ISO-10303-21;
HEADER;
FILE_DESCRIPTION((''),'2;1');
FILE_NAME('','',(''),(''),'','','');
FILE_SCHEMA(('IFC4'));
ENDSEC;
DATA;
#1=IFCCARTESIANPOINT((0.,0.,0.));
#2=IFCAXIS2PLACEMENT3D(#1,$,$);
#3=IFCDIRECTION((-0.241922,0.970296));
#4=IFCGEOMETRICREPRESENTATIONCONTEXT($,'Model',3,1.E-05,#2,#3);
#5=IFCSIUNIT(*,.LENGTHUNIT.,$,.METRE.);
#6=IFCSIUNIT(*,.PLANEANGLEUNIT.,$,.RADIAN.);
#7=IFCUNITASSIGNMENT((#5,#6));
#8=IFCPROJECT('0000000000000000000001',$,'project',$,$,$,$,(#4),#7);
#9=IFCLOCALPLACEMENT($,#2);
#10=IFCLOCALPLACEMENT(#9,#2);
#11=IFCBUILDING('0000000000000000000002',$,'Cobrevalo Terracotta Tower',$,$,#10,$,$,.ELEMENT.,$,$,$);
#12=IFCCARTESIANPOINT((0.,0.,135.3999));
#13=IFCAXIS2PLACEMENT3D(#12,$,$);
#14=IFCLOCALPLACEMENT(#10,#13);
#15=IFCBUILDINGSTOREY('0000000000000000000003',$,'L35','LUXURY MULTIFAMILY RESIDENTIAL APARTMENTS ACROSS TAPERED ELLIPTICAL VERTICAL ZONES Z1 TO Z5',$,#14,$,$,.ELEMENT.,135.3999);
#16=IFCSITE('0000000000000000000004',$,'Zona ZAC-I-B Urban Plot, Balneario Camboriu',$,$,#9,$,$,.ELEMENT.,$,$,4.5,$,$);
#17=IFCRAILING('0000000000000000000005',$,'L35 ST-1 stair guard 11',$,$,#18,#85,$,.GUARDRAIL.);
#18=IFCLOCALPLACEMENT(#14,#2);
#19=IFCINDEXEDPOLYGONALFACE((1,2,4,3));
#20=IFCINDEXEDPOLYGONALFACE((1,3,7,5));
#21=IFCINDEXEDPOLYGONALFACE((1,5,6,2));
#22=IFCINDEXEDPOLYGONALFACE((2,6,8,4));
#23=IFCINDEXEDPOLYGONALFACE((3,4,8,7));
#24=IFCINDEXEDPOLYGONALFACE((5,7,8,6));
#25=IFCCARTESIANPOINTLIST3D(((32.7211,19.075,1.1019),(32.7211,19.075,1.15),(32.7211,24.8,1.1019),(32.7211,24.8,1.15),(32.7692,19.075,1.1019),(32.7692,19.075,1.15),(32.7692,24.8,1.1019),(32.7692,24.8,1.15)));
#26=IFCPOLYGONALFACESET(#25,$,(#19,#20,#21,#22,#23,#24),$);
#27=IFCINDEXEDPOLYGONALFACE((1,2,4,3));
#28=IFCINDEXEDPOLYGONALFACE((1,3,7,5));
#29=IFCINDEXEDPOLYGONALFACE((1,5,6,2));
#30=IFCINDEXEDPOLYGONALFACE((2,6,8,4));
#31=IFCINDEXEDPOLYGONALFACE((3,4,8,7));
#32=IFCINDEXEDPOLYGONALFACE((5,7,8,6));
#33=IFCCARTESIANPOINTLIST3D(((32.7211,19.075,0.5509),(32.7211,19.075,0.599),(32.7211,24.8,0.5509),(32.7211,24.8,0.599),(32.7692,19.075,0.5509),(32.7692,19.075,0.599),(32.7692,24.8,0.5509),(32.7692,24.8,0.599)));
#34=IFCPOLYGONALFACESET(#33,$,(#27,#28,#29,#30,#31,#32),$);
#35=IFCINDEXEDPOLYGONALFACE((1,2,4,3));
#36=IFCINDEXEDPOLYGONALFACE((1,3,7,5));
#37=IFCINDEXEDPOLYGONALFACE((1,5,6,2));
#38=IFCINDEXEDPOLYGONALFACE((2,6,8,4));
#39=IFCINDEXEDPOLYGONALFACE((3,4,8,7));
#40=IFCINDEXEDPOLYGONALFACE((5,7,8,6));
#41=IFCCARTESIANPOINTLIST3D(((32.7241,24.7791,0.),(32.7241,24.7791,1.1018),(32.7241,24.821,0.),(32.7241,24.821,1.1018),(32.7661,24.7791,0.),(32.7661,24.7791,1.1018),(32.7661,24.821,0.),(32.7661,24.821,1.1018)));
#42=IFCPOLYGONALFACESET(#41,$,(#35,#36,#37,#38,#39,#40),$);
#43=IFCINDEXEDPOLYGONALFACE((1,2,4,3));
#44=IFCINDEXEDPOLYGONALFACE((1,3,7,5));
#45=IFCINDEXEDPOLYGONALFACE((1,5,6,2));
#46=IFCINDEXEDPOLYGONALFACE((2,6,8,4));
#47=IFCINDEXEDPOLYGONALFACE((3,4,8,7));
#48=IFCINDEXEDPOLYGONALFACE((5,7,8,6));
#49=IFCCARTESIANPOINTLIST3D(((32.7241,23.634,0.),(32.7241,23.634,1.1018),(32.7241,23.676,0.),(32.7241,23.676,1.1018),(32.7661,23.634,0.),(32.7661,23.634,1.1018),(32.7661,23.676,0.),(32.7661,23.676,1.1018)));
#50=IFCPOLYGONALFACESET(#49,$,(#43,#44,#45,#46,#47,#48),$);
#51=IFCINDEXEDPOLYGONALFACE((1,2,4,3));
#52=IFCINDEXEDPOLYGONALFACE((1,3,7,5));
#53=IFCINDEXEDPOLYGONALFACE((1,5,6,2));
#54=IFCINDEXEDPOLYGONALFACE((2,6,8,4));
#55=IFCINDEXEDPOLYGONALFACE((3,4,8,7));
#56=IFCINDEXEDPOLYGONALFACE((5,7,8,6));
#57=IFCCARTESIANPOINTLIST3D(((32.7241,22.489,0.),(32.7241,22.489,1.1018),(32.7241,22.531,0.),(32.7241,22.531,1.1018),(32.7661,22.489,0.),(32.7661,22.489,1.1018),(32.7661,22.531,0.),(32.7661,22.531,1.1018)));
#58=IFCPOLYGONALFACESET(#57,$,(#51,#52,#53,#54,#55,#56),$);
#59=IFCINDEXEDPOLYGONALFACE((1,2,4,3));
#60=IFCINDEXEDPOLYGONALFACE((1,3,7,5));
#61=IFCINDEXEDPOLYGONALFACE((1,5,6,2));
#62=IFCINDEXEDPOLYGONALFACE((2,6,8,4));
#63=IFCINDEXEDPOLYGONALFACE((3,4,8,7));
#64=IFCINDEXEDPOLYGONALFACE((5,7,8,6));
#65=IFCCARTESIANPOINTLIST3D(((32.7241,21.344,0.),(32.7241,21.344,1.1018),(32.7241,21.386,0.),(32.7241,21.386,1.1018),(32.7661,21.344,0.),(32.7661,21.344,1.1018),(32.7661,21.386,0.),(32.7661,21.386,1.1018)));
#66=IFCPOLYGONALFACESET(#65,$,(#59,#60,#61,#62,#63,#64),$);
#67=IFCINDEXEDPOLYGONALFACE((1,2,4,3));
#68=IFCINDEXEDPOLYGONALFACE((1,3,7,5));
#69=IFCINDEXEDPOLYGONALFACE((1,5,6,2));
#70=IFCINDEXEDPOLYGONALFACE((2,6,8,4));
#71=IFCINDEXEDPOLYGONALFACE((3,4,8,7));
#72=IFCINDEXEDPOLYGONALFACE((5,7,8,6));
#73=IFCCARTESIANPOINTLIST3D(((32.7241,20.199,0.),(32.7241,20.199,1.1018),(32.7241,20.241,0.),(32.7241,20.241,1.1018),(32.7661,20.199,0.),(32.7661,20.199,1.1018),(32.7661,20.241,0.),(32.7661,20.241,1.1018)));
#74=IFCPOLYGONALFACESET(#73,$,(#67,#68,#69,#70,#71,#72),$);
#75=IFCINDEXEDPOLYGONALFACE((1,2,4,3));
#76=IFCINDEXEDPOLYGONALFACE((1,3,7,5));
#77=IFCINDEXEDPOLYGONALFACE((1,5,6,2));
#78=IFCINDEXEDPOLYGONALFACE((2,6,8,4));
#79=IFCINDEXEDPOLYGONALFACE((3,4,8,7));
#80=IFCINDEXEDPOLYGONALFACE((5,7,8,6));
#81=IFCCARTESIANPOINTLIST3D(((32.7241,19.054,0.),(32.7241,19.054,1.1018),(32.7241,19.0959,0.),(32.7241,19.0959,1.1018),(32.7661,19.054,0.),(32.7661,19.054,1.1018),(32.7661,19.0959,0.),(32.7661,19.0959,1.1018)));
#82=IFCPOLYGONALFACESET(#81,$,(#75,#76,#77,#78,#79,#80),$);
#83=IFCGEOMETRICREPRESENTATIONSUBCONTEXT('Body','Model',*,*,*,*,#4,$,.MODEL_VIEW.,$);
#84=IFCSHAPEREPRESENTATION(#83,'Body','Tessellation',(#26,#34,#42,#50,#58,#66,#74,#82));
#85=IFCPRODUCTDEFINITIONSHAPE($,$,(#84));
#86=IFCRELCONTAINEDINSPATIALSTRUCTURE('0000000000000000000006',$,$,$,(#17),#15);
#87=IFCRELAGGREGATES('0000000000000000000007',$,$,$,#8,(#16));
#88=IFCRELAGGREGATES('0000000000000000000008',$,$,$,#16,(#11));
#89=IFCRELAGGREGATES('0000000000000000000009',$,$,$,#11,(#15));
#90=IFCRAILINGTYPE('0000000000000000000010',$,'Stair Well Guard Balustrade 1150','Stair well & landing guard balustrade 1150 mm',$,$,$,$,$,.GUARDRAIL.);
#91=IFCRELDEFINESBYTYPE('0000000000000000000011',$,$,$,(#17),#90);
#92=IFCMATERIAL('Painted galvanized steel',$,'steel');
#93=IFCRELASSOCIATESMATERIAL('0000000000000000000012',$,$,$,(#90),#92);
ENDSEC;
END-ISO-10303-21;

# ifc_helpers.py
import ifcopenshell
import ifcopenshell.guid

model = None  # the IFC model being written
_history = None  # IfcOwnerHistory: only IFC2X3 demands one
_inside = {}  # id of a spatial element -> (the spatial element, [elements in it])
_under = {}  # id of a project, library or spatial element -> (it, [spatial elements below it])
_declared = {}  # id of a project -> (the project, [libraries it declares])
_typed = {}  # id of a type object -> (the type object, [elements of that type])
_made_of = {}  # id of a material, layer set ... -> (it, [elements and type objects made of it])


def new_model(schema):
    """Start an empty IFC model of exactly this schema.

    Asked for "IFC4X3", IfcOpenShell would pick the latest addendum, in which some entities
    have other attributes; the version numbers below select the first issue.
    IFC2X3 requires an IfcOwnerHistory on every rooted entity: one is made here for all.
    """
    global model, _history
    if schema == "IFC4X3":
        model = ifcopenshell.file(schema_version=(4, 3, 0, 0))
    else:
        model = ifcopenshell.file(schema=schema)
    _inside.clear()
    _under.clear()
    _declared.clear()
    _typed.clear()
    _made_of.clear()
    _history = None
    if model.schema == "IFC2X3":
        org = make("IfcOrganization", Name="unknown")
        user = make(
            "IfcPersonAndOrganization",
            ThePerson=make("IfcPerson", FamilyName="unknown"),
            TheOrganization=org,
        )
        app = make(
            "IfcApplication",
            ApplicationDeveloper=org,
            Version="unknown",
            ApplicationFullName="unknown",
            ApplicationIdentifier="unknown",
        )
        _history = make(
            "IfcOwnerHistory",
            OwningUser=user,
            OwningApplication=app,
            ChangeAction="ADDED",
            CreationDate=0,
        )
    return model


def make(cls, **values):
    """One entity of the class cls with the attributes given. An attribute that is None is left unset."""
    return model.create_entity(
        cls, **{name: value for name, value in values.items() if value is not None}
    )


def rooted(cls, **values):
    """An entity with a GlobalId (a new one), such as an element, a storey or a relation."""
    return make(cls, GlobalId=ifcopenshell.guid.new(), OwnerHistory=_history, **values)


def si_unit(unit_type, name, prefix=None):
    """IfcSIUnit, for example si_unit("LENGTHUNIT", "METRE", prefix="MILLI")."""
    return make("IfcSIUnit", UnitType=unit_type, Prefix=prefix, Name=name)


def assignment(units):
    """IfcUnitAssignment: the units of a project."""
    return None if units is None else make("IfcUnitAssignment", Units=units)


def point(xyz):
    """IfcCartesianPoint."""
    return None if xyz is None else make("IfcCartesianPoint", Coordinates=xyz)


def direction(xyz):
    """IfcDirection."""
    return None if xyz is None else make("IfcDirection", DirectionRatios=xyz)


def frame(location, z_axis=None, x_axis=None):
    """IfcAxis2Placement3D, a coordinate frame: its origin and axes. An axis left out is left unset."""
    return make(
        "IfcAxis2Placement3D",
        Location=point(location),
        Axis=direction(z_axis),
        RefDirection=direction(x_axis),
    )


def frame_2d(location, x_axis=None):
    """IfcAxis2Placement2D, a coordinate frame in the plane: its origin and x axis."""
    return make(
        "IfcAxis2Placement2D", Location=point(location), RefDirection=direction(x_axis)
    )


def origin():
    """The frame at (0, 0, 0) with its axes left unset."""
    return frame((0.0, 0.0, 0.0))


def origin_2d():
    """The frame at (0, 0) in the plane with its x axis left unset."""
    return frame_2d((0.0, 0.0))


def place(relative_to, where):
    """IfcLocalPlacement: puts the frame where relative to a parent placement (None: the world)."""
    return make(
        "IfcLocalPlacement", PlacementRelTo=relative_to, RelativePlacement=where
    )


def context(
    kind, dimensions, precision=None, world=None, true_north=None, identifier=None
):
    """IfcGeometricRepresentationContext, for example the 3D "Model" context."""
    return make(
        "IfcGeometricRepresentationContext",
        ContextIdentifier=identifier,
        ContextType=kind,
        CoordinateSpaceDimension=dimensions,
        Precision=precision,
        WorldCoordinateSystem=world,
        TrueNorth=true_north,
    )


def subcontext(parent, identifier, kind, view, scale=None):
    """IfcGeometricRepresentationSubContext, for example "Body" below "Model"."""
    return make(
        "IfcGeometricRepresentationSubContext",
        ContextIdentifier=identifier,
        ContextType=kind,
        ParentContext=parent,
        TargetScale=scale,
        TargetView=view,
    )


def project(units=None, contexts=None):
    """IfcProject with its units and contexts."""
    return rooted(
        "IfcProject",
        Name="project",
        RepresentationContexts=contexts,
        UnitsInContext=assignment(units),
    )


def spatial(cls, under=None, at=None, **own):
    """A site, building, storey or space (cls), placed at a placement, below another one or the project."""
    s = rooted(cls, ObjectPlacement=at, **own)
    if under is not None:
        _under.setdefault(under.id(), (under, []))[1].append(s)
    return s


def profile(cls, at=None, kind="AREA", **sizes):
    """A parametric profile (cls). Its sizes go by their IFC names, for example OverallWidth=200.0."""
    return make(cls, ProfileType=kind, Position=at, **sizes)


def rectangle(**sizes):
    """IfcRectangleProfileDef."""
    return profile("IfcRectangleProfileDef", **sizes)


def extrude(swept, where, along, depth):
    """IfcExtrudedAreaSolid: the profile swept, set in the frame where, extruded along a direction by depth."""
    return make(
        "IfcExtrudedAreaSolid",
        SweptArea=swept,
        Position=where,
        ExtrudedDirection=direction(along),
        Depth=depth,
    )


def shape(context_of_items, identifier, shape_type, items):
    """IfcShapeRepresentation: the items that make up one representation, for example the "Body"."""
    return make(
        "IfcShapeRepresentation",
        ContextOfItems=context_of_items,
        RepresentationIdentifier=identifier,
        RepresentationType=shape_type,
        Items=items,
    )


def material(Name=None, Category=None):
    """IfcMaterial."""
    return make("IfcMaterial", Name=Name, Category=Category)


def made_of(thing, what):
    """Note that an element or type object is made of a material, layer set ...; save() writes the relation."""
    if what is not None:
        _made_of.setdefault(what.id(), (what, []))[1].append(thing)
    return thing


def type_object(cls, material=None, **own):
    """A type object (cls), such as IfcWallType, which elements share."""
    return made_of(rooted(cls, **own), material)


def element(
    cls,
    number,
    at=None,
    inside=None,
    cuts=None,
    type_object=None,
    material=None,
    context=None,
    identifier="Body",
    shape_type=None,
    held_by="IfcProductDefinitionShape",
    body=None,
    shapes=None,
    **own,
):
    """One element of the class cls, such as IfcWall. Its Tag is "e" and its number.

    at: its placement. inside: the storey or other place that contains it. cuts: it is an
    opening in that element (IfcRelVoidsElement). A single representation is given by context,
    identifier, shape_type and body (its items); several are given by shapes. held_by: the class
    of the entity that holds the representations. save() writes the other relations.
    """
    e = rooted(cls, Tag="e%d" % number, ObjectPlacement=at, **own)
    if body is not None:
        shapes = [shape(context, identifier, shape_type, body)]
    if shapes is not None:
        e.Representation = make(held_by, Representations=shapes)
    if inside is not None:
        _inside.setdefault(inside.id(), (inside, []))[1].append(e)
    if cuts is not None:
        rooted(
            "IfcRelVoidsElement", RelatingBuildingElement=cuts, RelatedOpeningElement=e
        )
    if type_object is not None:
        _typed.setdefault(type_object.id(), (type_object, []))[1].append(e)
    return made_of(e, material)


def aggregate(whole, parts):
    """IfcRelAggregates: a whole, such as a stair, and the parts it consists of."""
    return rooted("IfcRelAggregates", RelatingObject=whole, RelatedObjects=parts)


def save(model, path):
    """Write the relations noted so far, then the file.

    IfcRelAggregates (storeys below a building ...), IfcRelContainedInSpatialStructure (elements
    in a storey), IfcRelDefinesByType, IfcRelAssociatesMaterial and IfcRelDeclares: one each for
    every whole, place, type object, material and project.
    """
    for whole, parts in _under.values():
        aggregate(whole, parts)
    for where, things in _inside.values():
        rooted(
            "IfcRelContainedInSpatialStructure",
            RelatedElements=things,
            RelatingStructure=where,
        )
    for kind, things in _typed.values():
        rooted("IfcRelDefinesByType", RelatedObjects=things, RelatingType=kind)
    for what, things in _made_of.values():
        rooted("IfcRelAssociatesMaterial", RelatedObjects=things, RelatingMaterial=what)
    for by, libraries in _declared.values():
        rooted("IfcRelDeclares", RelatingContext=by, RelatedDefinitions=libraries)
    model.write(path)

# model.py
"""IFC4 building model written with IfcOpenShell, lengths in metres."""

from ifc_helpers import new_model, si_unit, direction, frame, origin, origin_2d, place, context, subcontext, project, spatial, rectangle, extrude, material, type_object, element, save


model = new_model("IFC4")

# Units and contexts
model_context = context("Model", 3, precision=1e-05, world=origin(), true_north=direction((-0.241922, 0.970296)))
body_context = subcontext(model_context, "Body", "Model", "MODEL_VIEW")
ifc_project = project(units=[si_unit("LENGTHUNIT", "METRE"), si_unit("PLANEANGLEUNIT", "RADIAN")], contexts=[model_context])

# Site, building, storey
site_placement = place(None, origin())
site = spatial("IfcSite", under=ifc_project, at=site_placement, Name="Zona ZAC-I-B Urban Plot, Balneario Camboriu", CompositionType="ELEMENT", RefElevation=4.5)
building_placement = place(site_placement, origin())
building = spatial("IfcBuilding", under=site, at=building_placement, Name="Cobrevalo Terracotta Tower", CompositionType="ELEMENT")
storey_placement = place(building_placement, frame((0.0, 0.0, 135.3999)))
storey = spatial("IfcBuildingStorey", under=building, at=storey_placement, Name="L35", Description="LUXURY MULTIFAMILY RESIDENTIAL APARTMENTS ACROSS TAPERED ELLIPTICAL VERTICAL ZONES Z1 TO Z5", CompositionType="ELEMENT", Elevation=135.3999)

# Railing
ifc_material_1 = material(Name="Painted galvanized steel", Category="steel")
railing_type_1 = type_object("IfcRailingType", Name="Stair Well Guard Balustrade 1150", Description="Stair well & landing guard balustrade 1150 mm", PredefinedType="GUARDRAIL", material=ifc_material_1)
for number, where, name in (
    (1, (32.7451, 24.8, 0.0), "L35 ST-1 stair guard 11"),
):
    element("IfcRailing", number, at=place(storey_placement, frame(where)), inside=storey, type_object=railing_type_1, Name=name, PredefinedType="GUARDRAIL", context=body_context, shape_type="SweptSolid", body=[
        extrude(rectangle(XDim=0.0481, YDim=0.0481, at=origin_2d()), frame((0.0, 0.0, 1.126), z_axis=(0.0, -1.0, 0.0), x_axis=(1.0, 0.0, 0.0)), (0.0, 0.0, 1.0), 5.7251),
        extrude(rectangle(XDim=0.0481, YDim=0.0481, at=origin_2d()), frame((0.0, 0.0, 0.575), z_axis=(0.0, -1.0, 0.0), x_axis=(1.0, 0.0, 0.0)), (0.0, 0.0, 1.0), 5.7251),
        extrude(rectangle(XDim=0.042, YDim=0.042, at=origin_2d()), origin(), (0.0, 0.0, 1.0), 1.1018),
        extrude(rectangle(XDim=0.042, YDim=0.042, at=origin_2d()), frame((0.0, -1.145, 0.0)), (0.0, 0.0, 1.0), 1.1018),
        extrude(rectangle(XDim=0.042, YDim=0.042, at=origin_2d()), frame((0.0, -2.29, 0.0)), (0.0, 0.0, 1.0), 1.1018),
        extrude(rectangle(XDim=0.042, YDim=0.042, at=origin_2d()), frame((0.0, -3.4351, 0.0)), (0.0, 0.0, 1.0), 1.1018),
        extrude(rectangle(XDim=0.042, YDim=0.042, at=origin_2d()), frame((0.0, -4.5801, 0.0)), (0.0, 0.0, 1.0), 1.1018),
        extrude(rectangle(XDim=0.042, YDim=0.042, at=origin_2d()), frame((0.0, -5.7251, 0.0)), (0.0, 0.0, 1.0), 1.1018),
    ])

save(model, "model.ifc")
